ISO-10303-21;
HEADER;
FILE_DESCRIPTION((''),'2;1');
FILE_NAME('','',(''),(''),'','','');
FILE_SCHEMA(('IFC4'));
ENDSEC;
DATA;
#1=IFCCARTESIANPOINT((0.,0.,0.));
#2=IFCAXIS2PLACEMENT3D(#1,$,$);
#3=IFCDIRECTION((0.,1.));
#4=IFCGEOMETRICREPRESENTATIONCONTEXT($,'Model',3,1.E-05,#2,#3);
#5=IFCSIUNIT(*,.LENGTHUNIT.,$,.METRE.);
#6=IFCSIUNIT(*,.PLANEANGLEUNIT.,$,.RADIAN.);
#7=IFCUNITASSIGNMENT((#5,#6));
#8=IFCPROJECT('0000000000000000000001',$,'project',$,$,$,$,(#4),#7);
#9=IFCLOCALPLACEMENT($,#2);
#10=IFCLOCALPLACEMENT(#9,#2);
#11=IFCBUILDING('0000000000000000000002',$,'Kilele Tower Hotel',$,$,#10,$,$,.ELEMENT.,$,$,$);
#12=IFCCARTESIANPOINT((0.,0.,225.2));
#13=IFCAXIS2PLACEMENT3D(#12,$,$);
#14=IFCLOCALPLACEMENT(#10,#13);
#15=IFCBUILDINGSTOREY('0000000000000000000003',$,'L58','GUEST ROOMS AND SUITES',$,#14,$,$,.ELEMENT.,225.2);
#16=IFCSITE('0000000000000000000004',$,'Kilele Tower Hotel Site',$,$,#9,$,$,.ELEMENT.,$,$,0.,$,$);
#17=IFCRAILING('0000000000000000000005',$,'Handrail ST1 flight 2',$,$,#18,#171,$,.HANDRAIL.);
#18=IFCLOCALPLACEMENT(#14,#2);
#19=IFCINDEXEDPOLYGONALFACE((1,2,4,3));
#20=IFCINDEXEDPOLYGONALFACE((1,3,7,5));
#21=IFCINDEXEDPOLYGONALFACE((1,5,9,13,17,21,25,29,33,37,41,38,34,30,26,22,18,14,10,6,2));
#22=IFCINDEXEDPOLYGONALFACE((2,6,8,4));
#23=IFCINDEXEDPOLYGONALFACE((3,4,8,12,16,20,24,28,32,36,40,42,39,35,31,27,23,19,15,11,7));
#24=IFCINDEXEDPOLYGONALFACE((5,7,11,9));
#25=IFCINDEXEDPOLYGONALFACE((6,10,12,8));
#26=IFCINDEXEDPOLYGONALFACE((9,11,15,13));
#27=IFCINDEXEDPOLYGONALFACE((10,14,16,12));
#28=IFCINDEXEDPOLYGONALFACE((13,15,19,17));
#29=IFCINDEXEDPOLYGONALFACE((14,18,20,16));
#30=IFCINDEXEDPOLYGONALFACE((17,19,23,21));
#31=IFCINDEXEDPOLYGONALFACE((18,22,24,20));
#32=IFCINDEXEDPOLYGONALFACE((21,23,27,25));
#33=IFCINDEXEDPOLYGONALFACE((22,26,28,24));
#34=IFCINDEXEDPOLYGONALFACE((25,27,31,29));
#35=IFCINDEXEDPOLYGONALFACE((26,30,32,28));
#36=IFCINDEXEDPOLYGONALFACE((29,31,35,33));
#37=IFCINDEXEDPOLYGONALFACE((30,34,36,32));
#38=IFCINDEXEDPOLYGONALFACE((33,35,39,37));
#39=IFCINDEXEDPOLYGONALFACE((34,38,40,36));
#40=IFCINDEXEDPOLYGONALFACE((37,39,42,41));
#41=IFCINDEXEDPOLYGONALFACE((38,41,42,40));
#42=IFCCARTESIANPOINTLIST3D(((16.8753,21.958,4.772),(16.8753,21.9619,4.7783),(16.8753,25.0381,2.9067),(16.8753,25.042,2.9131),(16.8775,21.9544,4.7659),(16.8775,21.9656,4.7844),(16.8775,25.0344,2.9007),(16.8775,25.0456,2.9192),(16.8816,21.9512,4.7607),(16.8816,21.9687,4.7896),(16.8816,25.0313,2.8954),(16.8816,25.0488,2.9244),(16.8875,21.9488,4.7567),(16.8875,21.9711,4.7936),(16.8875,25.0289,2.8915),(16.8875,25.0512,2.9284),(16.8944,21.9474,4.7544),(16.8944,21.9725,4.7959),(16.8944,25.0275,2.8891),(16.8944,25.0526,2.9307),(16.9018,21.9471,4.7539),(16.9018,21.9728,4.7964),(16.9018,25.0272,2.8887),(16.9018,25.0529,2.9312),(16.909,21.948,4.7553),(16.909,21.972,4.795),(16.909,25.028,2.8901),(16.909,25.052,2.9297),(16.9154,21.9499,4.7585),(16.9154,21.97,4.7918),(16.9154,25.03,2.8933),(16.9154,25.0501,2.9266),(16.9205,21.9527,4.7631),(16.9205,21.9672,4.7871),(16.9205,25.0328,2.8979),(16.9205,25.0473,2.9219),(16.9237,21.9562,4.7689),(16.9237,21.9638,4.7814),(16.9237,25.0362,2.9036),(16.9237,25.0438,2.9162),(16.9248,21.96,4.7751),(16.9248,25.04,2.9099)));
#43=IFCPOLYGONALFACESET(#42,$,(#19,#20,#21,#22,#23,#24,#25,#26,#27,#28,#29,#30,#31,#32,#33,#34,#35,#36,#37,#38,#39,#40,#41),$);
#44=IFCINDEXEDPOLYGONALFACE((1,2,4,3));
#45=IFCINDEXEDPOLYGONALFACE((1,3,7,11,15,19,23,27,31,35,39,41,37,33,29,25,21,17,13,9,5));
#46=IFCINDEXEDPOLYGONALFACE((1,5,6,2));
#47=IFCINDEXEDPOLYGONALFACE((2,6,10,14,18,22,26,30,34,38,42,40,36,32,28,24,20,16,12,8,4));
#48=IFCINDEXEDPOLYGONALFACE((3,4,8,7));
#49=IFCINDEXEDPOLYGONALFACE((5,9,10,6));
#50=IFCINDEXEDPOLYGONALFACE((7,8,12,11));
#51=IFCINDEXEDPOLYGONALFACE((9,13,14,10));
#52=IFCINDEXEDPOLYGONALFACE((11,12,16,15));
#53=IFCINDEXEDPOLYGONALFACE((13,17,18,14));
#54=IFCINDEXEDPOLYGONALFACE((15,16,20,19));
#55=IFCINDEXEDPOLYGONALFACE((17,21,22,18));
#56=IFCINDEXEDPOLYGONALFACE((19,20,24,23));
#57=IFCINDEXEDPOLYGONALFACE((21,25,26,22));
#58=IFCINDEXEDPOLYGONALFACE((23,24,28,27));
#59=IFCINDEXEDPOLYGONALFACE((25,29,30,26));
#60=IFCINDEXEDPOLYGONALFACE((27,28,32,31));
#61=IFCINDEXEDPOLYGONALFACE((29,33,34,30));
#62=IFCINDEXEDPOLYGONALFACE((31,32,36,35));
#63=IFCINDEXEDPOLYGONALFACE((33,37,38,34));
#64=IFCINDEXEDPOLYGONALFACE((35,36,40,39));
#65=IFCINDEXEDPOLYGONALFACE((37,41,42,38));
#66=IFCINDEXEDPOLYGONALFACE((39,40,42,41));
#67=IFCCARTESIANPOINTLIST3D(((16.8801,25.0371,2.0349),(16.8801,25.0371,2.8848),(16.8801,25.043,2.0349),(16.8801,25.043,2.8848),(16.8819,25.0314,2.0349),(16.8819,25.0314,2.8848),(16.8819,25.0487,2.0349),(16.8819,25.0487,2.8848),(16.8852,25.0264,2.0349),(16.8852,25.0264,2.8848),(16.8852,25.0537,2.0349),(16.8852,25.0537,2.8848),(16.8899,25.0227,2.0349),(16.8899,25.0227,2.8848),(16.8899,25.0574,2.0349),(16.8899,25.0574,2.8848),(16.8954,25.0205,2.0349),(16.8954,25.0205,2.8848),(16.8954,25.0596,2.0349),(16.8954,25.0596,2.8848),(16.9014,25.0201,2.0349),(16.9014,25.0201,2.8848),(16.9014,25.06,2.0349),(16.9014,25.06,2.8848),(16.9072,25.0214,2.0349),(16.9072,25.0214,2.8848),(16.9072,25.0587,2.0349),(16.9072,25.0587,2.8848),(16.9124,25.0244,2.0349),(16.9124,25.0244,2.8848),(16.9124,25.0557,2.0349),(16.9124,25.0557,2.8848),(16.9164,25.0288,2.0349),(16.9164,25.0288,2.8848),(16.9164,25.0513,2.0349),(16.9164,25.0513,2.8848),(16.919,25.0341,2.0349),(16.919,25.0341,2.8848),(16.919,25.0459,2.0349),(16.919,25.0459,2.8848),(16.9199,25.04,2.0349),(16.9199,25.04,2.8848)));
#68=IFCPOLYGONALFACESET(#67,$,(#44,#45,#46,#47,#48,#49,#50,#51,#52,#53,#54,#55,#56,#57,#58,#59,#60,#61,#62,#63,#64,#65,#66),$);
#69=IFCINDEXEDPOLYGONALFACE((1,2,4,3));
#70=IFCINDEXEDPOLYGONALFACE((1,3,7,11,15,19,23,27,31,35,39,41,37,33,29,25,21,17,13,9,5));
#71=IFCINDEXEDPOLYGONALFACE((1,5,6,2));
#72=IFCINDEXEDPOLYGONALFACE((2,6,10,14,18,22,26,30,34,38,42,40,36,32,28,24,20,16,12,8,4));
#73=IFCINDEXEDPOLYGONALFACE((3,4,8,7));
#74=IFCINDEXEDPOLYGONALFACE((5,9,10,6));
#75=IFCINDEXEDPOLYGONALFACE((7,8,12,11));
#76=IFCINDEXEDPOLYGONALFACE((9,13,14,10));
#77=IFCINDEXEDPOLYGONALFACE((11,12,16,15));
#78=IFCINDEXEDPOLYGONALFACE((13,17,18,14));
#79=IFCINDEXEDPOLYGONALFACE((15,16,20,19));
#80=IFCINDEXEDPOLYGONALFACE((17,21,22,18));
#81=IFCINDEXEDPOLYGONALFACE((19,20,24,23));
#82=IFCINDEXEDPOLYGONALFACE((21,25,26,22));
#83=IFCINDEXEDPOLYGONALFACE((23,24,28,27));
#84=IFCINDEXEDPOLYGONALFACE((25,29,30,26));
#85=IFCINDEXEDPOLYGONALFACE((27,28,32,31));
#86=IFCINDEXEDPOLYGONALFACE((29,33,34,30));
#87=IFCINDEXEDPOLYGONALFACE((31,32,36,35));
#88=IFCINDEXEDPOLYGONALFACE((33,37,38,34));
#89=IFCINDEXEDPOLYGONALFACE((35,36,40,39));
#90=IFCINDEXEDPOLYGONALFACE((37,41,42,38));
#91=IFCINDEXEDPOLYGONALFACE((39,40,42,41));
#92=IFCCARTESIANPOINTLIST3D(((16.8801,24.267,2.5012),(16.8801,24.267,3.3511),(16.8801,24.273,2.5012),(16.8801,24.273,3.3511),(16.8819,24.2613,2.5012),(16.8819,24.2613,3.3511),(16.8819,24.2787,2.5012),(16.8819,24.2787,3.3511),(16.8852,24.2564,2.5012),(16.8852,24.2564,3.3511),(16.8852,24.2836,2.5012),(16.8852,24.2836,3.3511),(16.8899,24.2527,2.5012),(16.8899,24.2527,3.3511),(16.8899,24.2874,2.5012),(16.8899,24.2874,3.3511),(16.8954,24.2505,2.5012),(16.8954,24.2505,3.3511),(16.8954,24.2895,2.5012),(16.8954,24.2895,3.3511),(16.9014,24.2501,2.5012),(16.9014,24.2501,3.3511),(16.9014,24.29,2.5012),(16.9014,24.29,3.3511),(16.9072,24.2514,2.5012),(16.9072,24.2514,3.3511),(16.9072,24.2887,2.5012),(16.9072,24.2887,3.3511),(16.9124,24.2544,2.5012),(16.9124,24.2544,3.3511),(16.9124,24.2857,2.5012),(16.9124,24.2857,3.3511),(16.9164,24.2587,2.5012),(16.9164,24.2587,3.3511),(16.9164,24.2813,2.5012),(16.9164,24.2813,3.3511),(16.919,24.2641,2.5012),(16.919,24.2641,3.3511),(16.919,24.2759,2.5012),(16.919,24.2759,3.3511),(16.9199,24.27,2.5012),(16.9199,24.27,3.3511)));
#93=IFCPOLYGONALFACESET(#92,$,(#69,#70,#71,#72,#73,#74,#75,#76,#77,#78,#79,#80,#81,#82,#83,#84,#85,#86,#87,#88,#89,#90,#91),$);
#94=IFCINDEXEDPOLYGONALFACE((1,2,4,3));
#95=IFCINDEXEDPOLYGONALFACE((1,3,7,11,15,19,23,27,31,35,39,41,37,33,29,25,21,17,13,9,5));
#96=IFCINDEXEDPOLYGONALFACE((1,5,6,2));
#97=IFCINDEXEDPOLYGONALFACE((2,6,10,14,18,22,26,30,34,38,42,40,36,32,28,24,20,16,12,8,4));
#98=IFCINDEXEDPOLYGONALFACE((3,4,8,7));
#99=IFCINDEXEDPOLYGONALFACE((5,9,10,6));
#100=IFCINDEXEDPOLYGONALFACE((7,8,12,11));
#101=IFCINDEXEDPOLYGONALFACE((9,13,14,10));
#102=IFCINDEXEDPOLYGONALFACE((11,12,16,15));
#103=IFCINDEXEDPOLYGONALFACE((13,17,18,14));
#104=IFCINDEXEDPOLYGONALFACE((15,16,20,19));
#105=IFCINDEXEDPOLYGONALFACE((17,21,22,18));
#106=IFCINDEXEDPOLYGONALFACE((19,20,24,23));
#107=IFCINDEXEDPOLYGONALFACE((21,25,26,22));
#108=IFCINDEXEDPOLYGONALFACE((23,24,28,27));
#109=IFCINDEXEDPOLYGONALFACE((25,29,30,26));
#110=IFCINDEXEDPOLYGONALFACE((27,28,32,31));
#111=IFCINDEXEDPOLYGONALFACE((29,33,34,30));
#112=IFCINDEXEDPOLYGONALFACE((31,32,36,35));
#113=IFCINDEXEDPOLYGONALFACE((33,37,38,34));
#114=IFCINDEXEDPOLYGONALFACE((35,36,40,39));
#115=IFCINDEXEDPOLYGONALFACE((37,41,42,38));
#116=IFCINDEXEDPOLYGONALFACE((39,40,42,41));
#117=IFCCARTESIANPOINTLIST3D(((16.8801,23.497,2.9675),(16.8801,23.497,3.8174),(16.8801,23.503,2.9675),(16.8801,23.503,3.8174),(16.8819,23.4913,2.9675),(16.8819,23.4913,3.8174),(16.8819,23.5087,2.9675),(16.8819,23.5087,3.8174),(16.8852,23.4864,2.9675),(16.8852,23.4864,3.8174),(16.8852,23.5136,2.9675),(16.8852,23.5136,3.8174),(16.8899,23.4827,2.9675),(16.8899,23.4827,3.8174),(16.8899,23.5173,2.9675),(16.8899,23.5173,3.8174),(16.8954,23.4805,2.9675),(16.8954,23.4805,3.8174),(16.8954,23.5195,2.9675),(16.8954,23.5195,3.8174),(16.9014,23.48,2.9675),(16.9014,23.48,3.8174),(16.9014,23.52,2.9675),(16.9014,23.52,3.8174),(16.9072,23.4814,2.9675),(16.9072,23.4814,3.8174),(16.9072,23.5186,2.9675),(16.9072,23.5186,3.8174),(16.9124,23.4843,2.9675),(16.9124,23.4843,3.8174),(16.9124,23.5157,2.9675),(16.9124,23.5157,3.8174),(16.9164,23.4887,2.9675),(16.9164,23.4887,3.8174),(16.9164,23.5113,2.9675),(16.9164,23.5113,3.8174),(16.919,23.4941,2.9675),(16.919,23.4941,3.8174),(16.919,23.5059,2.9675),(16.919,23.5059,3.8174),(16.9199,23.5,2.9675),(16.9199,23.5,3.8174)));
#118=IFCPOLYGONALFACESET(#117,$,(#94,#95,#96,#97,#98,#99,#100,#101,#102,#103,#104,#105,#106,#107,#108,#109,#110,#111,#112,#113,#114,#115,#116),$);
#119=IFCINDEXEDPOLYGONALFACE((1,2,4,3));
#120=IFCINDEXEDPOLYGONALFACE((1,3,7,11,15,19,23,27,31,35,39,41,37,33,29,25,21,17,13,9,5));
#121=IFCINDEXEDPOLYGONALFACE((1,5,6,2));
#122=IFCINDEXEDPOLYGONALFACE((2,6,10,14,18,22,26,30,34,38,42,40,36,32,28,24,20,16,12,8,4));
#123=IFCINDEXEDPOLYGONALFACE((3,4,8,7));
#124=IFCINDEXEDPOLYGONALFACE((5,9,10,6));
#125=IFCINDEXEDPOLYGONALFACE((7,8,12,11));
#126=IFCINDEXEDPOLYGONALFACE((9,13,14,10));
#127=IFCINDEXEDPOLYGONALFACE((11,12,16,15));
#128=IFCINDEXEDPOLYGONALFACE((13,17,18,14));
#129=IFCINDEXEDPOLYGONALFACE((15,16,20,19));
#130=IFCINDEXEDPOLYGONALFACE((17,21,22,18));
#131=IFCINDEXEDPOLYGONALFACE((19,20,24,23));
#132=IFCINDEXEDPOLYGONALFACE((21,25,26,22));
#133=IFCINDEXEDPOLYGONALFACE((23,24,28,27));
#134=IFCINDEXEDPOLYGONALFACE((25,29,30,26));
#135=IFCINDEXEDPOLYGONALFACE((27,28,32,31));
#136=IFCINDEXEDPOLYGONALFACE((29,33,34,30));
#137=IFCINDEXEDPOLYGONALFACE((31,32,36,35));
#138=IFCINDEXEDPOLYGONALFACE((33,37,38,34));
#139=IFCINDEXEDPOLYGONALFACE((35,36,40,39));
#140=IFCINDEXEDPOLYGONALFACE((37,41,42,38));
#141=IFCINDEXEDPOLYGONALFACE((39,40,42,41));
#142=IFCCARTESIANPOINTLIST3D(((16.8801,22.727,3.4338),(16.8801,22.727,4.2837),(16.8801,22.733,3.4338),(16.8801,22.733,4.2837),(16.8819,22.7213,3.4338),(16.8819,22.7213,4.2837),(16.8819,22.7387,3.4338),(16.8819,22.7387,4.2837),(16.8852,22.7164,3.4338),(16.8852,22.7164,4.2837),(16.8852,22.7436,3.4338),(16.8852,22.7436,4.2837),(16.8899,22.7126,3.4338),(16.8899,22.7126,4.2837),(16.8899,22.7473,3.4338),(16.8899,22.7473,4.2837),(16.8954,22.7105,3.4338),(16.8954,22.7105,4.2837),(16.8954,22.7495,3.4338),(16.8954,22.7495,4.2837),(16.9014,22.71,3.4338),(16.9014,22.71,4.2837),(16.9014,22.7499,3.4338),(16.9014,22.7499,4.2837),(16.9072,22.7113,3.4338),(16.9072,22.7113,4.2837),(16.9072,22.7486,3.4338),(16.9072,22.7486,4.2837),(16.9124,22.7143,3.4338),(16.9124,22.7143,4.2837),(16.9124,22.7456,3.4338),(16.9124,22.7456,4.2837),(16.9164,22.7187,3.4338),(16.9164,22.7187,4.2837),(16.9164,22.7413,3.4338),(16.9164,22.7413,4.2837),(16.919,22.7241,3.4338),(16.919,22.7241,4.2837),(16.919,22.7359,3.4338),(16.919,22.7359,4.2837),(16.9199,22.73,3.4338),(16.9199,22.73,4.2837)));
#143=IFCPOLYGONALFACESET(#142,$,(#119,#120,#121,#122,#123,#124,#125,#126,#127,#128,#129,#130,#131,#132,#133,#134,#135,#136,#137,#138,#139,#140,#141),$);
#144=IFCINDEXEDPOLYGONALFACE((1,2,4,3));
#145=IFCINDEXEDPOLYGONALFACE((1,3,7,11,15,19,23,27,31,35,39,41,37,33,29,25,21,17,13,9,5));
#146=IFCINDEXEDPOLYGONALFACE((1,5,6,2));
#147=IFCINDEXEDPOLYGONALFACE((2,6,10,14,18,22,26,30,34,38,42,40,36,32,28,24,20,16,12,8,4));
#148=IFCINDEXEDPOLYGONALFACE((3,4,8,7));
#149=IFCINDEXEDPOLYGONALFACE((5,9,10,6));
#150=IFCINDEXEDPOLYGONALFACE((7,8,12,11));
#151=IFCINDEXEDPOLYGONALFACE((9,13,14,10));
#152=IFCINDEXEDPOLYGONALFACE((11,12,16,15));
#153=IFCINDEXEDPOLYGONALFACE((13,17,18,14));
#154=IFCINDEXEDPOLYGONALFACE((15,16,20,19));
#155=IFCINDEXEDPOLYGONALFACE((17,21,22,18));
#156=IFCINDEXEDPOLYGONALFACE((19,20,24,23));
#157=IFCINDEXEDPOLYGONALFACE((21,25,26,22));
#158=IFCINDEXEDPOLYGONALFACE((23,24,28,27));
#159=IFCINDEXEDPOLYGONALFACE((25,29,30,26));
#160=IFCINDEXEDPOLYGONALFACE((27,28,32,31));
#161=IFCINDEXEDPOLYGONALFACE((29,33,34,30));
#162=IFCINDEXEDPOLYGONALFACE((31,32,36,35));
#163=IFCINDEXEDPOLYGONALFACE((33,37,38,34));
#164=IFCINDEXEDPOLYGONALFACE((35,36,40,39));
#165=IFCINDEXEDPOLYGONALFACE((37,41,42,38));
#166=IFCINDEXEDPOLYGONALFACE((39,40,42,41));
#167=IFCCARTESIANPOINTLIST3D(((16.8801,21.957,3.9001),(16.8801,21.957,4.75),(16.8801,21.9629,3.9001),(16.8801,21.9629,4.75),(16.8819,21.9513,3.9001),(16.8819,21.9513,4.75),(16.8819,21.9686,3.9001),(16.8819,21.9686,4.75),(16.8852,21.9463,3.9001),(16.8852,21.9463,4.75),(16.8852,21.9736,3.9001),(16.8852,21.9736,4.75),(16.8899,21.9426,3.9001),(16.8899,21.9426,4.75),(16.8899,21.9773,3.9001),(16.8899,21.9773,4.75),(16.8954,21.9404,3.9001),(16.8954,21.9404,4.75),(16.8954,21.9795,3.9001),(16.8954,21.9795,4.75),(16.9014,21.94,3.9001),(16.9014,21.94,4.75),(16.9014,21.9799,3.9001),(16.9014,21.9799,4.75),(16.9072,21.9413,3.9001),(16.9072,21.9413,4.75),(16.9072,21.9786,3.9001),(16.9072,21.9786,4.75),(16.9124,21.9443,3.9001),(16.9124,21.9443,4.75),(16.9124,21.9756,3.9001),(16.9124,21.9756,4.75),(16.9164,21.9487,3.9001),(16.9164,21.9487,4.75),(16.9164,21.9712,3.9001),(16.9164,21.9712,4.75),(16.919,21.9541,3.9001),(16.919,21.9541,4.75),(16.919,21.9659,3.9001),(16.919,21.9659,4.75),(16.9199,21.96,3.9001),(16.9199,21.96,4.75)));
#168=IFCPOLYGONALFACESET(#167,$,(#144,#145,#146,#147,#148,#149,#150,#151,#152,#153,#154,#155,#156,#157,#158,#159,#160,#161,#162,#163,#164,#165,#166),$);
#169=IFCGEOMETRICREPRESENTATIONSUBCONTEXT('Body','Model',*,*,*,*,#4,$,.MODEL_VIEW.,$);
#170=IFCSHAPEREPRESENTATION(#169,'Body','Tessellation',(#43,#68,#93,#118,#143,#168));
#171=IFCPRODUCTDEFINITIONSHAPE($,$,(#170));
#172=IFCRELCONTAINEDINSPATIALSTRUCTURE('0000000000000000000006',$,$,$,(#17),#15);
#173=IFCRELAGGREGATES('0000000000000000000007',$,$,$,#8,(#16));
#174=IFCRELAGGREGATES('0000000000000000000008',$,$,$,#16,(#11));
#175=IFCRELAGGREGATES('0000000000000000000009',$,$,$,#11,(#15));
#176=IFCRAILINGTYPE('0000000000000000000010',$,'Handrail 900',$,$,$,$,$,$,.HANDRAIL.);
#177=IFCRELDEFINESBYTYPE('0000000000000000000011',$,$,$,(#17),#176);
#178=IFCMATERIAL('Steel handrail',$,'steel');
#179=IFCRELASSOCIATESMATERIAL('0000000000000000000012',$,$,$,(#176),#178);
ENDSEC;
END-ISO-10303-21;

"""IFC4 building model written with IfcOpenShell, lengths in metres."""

from ifc_helpers import new_model, si_unit, direction, frame, origin, origin_2d, place, context, subcontext, project, spatial, circle, extrude, material, type_object, element, save


model = new_model("IFC4")

# Units and contexts
model_context = context("Model", 3, precision=1e-05, world=origin(), true_north=direction((0.0, 1.0)))
body_context = subcontext(model_context, "Body", "Model", "MODEL_VIEW")
ifc_project = project(units=[si_unit("LENGTHUNIT", "METRE"), si_unit("PLANEANGLEUNIT", "RADIAN")], contexts=[model_context])

# Site, building, storey
site_placement = place(None, origin())
site = spatial("IfcSite", under=ifc_project, at=site_placement, Name="Kilele Tower Hotel Site", CompositionType="ELEMENT", RefElevation=0.0)
building_placement = place(site_placement, origin())
building = spatial("IfcBuilding", under=site, at=building_placement, Name="Kilele Tower Hotel", CompositionType="ELEMENT")
storey_placement = place(building_placement, frame((0.0, 0.0, 225.2)))
storey = spatial("IfcBuildingStorey", under=building, at=storey_placement, Name="L58", Description="GUEST ROOMS AND SUITES", CompositionType="ELEMENT", Elevation=225.2)

# Railing
ifc_material_1 = material(Name="Steel handrail", Category="steel")
railing_type_1 = type_object("IfcRailingType", Name="Handrail 900", PredefinedType="HANDRAIL", material=ifc_material_1)
for number, where, name in (
    (1, (16.8999, 25.04, 2.0349), "Handrail ST1 flight 2"),
):
    element("IfcRailing", number, at=place(storey_placement, frame(where)), inside=storey, type_object=railing_type_1, Name=name, PredefinedType="HANDRAIL", context=body_context, shape_type="SweptSolid", body=[
        extrude(circle(Radius=0.0249, at=origin_2d()), frame((0.0, 0.0, 0.875), z_axis=(0.0, -0.85538, 0.518001), x_axis=(1.0, 0.0, 0.0)), (0.0, 0.0, 1.0), 3.6008),
        extrude(circle(Radius=0.02, at=origin_2d()), origin(), (0.0, 0.0, 1.0), 0.8499),
        extrude(circle(Radius=0.02, at=origin_2d()), frame((0.0, -0.77, 0.4663)), (0.0, 0.0, 1.0), 0.8499),
        extrude(circle(Radius=0.02, at=origin_2d()), frame((0.0, -1.54, 0.9326)), (0.0, 0.0, 1.0), 0.8499),
        extrude(circle(Radius=0.02, at=origin_2d()), frame((0.0, -2.3101, 1.3989)), (0.0, 0.0, 1.0), 0.8499),
        extrude(circle(Radius=0.02, at=origin_2d()), frame((0.0, -3.0801, 1.8652)), (0.0, 0.0, 1.0), 0.8499),
    ])

save(model, "model.ifc")
